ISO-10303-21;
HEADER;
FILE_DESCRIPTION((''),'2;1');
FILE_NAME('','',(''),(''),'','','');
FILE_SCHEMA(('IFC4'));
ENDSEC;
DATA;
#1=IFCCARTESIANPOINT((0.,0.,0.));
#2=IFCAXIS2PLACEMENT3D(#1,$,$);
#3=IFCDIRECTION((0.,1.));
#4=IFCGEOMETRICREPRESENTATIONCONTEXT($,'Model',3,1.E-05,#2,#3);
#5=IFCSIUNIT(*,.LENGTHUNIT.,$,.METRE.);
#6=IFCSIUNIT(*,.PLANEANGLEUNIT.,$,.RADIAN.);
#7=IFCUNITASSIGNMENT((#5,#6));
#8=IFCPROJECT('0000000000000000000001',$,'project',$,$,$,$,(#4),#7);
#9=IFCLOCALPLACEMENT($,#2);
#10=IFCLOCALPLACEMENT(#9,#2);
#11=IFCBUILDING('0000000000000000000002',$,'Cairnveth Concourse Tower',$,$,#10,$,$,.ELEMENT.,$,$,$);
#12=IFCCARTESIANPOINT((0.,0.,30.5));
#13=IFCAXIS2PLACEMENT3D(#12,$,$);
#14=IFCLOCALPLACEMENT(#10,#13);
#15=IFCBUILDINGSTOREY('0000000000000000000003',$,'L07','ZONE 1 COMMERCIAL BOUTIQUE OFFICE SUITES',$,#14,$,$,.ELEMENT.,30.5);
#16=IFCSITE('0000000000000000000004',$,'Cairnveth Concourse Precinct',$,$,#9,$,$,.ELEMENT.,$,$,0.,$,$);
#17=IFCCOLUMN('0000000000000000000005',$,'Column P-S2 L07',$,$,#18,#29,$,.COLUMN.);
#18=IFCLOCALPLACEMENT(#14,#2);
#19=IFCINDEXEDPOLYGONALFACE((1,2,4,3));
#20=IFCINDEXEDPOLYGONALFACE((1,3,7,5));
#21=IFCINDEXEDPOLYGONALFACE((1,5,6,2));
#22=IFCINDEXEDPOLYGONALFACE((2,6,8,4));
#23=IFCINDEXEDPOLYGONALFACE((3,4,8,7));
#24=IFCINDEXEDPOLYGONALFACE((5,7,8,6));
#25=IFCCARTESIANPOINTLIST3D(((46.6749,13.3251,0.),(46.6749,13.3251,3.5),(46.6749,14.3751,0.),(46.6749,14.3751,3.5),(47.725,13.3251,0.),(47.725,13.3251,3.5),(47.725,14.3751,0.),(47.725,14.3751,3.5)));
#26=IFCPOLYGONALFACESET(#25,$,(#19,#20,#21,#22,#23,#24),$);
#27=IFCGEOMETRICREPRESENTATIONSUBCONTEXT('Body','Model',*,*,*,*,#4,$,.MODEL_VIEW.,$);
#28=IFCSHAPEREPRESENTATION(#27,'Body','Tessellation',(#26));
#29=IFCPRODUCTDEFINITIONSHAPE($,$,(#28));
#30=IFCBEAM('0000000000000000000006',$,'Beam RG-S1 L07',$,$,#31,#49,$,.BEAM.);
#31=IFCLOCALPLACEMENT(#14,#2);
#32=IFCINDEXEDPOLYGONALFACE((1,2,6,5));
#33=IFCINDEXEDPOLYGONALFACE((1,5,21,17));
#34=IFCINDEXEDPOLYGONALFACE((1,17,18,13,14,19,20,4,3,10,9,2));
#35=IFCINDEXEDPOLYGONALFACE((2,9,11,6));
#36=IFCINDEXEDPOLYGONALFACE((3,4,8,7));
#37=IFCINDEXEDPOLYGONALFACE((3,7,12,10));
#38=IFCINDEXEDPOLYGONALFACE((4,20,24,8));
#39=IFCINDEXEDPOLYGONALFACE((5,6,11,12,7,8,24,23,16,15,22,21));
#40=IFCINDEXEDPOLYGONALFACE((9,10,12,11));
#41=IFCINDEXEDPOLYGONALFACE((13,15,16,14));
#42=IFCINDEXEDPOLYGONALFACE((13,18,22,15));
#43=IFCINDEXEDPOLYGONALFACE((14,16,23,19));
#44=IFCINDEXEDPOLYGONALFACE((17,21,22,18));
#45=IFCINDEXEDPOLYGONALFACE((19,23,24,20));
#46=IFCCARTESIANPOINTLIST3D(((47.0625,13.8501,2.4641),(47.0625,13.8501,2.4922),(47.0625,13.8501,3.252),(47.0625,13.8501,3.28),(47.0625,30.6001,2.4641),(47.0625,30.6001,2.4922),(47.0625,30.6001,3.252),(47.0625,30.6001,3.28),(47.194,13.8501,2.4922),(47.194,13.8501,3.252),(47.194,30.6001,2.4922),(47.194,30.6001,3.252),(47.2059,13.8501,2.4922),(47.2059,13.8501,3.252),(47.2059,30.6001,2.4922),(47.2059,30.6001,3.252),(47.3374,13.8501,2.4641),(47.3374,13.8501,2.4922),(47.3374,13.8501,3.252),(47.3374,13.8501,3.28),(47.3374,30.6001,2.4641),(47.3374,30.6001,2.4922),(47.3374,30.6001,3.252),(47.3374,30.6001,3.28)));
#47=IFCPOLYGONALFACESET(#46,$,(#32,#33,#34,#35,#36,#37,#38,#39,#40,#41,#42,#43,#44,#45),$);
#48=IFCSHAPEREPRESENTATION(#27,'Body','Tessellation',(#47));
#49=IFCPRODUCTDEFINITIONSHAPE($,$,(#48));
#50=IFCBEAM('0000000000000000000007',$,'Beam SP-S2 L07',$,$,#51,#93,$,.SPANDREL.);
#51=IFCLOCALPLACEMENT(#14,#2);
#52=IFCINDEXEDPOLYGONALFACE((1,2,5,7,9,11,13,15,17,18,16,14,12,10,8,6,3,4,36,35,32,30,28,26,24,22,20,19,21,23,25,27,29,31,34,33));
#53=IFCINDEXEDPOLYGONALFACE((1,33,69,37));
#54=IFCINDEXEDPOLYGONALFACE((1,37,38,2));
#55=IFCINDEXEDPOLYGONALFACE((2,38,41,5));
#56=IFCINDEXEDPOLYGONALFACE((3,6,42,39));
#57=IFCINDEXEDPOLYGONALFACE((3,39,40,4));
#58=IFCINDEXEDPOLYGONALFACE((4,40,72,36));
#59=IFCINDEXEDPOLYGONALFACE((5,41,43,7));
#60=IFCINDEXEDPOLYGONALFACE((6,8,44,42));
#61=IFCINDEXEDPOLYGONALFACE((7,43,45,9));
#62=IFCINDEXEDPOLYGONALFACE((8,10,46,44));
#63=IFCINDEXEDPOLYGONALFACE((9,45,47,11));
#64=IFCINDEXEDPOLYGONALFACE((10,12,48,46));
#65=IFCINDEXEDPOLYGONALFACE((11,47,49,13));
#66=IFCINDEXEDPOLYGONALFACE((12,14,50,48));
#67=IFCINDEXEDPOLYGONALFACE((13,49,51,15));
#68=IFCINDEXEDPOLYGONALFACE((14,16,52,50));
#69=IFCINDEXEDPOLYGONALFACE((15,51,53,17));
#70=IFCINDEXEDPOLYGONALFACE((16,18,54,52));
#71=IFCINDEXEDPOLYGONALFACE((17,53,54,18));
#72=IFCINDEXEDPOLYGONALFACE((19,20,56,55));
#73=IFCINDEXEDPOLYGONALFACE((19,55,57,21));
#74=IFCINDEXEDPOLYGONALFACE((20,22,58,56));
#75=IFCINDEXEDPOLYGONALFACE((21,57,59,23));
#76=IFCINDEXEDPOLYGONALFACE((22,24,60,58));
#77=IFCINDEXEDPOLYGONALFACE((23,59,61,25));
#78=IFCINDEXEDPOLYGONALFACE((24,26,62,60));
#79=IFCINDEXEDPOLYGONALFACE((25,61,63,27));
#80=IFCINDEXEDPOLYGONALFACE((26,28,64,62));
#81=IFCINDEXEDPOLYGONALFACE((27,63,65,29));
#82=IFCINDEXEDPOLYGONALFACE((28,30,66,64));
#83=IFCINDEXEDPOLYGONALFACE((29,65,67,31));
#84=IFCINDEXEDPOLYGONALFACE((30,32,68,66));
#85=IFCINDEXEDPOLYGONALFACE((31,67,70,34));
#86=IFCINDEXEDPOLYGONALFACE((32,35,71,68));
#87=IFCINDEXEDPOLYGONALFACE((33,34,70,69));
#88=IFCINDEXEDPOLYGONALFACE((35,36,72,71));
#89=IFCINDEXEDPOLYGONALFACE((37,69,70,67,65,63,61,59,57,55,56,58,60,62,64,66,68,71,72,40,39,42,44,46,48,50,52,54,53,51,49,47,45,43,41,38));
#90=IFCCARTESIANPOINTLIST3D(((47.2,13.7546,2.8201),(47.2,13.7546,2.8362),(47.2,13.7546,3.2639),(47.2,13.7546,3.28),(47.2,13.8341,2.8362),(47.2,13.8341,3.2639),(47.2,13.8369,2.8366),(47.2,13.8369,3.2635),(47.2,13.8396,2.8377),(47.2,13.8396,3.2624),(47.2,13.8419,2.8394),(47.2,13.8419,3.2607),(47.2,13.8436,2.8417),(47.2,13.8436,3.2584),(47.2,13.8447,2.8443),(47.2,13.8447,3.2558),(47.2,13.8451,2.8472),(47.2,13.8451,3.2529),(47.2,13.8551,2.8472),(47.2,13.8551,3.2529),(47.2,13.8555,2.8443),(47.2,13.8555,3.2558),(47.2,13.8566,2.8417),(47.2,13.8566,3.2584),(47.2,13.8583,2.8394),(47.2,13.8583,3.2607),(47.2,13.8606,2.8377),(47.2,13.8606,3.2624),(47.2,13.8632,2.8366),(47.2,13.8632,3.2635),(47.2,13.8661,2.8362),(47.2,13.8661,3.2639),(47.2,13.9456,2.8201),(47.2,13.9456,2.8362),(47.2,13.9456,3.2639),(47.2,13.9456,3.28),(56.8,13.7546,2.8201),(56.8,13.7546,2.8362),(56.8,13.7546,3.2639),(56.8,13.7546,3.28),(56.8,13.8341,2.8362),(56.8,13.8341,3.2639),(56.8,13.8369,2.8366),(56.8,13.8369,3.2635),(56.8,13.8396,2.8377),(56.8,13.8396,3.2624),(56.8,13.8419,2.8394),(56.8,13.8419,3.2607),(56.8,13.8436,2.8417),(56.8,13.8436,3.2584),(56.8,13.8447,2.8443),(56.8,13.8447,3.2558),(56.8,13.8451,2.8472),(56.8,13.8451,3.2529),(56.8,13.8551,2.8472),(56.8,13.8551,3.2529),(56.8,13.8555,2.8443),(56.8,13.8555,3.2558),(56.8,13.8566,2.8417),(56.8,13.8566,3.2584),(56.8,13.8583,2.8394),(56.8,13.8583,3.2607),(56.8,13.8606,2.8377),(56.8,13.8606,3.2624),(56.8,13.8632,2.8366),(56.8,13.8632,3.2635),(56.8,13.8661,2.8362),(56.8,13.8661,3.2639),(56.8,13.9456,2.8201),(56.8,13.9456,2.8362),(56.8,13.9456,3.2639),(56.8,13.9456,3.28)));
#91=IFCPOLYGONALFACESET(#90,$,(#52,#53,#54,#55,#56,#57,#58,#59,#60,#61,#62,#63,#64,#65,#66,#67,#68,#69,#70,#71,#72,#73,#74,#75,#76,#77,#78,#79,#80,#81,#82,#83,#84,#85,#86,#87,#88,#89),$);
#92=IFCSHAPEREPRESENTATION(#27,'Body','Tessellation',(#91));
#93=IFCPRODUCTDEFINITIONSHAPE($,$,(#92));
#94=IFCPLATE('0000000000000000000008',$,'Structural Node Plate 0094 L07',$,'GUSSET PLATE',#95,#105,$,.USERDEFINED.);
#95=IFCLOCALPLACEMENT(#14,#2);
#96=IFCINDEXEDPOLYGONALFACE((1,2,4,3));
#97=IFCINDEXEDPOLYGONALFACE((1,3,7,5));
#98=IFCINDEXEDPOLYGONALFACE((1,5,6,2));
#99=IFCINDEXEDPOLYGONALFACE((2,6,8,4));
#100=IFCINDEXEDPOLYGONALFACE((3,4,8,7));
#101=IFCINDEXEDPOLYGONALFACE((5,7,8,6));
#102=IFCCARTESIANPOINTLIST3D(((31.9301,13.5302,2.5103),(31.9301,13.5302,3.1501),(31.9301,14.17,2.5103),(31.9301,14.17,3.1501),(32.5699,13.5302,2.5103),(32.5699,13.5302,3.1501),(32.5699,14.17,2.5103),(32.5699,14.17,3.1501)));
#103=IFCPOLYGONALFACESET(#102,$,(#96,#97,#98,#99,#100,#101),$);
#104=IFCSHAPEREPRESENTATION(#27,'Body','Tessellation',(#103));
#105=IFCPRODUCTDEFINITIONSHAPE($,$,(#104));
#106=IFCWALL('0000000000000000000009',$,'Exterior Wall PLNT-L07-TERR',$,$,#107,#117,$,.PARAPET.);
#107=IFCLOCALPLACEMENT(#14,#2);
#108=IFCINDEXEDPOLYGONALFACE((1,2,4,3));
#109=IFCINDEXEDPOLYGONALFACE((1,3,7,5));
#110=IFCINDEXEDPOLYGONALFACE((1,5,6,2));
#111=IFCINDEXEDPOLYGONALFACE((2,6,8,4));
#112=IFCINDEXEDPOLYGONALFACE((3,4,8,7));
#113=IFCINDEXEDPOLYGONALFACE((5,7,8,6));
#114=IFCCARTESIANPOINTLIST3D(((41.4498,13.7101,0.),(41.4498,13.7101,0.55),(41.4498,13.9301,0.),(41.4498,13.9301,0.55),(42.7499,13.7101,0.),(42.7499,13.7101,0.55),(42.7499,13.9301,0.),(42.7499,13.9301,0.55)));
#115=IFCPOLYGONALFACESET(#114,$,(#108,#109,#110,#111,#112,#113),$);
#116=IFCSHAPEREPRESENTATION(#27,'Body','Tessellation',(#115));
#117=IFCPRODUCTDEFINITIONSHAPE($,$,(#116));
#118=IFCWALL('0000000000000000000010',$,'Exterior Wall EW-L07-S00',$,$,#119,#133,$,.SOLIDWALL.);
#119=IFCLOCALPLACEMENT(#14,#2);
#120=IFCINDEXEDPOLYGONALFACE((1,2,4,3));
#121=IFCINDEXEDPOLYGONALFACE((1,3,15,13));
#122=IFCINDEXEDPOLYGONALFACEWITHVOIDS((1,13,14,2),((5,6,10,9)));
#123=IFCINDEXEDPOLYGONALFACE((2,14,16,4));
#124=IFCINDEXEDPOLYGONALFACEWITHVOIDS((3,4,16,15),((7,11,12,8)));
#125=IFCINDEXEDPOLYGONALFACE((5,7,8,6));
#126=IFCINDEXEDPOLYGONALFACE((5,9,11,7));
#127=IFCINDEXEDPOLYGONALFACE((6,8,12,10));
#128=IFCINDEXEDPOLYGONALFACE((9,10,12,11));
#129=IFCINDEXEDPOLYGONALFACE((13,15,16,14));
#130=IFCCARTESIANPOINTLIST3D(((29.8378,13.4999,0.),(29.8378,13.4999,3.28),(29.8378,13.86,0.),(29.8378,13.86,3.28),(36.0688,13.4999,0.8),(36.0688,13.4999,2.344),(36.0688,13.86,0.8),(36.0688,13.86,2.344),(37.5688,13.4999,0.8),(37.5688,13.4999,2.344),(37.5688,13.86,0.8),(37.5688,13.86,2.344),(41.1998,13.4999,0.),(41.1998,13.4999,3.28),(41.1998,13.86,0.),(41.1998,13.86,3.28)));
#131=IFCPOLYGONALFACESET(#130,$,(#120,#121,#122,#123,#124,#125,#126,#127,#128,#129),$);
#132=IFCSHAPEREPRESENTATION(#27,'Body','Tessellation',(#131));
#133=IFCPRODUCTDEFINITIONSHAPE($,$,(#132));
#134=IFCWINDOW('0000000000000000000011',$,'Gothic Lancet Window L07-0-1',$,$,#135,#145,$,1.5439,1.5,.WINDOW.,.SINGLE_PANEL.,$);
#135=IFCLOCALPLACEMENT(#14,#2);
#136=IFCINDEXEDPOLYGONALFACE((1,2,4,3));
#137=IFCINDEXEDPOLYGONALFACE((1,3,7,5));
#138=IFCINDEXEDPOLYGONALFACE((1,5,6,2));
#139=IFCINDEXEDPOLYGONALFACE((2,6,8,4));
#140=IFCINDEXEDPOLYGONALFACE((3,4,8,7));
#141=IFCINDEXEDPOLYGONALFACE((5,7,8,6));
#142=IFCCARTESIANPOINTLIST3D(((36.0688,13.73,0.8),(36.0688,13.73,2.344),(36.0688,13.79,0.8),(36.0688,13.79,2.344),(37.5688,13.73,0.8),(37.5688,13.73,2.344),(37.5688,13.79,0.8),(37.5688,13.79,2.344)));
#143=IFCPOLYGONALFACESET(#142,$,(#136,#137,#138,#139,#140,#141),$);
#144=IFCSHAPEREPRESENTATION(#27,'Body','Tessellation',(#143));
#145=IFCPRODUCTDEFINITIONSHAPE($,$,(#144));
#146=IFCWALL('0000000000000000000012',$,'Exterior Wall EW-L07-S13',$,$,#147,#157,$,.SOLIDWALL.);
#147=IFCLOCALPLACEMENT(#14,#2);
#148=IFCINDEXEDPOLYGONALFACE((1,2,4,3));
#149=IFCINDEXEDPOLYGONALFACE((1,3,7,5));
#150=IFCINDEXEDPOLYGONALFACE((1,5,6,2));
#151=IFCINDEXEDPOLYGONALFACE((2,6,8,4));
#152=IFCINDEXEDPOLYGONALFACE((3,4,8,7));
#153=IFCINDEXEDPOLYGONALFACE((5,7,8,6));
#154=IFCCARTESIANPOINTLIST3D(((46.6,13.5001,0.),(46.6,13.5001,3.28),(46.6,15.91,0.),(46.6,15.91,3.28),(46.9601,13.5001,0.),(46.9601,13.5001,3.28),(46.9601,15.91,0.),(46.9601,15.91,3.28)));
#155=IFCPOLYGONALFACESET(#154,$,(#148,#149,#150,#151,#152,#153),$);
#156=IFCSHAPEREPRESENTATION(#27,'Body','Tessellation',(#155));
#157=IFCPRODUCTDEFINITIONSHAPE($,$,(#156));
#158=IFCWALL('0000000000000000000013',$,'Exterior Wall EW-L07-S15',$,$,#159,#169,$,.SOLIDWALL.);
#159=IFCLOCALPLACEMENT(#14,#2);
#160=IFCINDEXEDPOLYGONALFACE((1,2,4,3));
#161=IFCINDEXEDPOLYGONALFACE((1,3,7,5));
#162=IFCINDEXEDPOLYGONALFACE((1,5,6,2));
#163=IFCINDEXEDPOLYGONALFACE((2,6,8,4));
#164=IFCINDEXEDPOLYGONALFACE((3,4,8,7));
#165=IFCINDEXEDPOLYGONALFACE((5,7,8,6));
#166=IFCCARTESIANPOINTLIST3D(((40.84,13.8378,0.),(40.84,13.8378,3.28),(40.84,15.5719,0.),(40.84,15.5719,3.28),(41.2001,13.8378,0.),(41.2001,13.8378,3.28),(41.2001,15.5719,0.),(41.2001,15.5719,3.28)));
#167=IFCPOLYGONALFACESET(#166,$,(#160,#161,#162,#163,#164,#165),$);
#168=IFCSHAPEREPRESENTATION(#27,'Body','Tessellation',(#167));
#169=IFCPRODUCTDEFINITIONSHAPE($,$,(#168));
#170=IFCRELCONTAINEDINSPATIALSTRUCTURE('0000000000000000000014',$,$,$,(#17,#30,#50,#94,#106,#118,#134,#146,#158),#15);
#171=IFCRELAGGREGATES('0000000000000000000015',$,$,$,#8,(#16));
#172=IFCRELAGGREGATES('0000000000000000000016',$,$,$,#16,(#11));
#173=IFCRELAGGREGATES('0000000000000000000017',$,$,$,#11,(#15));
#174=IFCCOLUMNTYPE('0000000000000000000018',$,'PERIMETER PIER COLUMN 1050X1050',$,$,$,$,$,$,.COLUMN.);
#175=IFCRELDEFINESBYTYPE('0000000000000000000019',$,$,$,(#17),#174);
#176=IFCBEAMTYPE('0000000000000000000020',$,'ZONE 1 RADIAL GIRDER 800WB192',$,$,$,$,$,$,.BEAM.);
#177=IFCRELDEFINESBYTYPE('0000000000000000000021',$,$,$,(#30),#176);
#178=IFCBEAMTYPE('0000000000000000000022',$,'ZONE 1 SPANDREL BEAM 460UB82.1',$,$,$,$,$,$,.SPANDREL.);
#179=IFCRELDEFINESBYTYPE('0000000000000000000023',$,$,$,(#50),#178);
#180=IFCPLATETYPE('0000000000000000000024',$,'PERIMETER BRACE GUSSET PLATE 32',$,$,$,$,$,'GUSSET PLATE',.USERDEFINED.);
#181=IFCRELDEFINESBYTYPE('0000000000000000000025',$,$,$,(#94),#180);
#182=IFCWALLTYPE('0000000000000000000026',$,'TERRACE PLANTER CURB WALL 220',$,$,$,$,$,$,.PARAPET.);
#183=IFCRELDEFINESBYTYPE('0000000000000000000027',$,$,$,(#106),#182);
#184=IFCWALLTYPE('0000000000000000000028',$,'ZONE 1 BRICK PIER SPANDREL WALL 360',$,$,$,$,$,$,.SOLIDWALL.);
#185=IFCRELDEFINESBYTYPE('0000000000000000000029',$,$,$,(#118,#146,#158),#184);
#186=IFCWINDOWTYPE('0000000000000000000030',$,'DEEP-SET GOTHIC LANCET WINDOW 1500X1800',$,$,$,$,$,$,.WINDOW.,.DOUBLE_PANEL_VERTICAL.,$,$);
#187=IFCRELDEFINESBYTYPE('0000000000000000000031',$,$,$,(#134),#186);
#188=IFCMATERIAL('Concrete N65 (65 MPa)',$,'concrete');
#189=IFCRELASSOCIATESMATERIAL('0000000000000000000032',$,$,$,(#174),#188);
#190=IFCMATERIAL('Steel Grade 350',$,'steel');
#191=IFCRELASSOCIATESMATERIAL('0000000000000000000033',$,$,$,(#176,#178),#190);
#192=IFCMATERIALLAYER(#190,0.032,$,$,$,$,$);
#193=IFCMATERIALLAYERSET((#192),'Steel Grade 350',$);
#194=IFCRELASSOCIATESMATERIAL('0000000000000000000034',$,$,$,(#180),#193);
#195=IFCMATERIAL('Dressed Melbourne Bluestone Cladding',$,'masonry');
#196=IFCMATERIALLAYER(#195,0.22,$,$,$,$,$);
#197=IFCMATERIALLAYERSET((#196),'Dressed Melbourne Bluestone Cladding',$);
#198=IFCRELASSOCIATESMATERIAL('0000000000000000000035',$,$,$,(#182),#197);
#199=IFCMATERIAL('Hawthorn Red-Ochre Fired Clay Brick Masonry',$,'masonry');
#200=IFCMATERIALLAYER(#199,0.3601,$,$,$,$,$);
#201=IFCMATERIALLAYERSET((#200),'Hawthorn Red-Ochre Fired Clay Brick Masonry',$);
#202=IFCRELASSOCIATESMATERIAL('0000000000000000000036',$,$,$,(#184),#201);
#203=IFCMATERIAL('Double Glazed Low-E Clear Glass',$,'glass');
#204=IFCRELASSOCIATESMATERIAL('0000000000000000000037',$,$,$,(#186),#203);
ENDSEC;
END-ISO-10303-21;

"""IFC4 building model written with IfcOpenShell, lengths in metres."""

from ifc_helpers import new_model, si_unit, direction, frame, frame_2d, origin, origin_2d, place, context, subcontext, project, spatial, rectangle, i_section, extrude, material, layer, layer_set, material_profile, profile_set, type_object, element, fill, save


model = new_model("IFC4")

# Units and contexts
model_context = context("Model", 3, precision=1e-05, world=origin(), true_north=direction((0.0, 1.0)))
body_context = subcontext(model_context, "Body", "Model", "MODEL_VIEW")
ifc_project = project(units=[si_unit("LENGTHUNIT", "METRE"), si_unit("PLANEANGLEUNIT", "RADIAN")], contexts=[model_context])

# Site, building, storey
site_placement = place(None, origin())
site = spatial("IfcSite", under=ifc_project, at=site_placement, Name="Cairnveth Concourse Precinct", CompositionType="ELEMENT", RefElevation=0.0)
building_placement = place(site_placement, origin())
building = spatial("IfcBuilding", under=site, at=building_placement, Name="Cairnveth Concourse Tower", CompositionType="ELEMENT")
storey_placement = place(building_placement, frame((0.0, 0.0, 30.5)))
storey = spatial("IfcBuildingStorey", under=building, at=storey_placement, Name="L07", Description="ZONE 1 COMMERCIAL BOUTIQUE OFFICE SUITES", CompositionType="ELEMENT", Elevation=30.5)

# Column
ifc_material_1 = material(Name="Concrete N65 (65 MPa)", Category="concrete")
ifc_material_profile_1 = material_profile(ifc_material_1, rectangle(XDim=1.05, YDim=1.05, at=origin_2d()), Name="RC-COL-1050x1050")
ifc_profile_set_1 = profile_set([ifc_material_profile_1], Name="Concrete N65 (65 MPa)")
column_type = type_object("IfcColumnType", Name="PERIMETER PIER COLUMN 1050X1050", PredefinedType="COLUMN", material=ifc_profile_set_1)
column_placement = place(storey_placement, frame((47.2, 13.8501, 0.0), z_axis=(0.0, 0.0, 1.0), x_axis=(1.0, 0.0, 0.0)))
element("IfcColumn", 1, at=column_placement, inside=storey, type_object=column_type, Name="Column P-S2 L07", PredefinedType="COLUMN", context=body_context, shape_type="SweptSolid", body=[
    extrude(rectangle(XDim=1.05, YDim=1.05, at=origin_2d()), origin(), (0.0, 0.0, 1.0), 3.5),
])

# Beams
ifc_material_2 = material(Name="Steel Grade 350", Category="steel")
ifc_material_profile_2 = material_profile(ifc_material_2, i_section(OverallWidth=0.2749, OverallDepth=0.8159, WebThickness=0.012, FlangeThickness=0.0281, at=origin_2d()), Name="800WB192")
ifc_profile_set_2 = profile_set([ifc_material_profile_2], Name="Steel Grade 350")
beam_type_1 = type_object("IfcBeamType", Name="ZONE 1 RADIAL GIRDER 800WB192", PredefinedType="BEAM", material=ifc_profile_set_2)
beam_1_placement = place(storey_placement, frame((47.2, 13.8501, 2.8721), z_axis=(0.0, 1.0, 0.0), x_axis=(-1.0, 0.0, 0.0)))
element("IfcBeam", 2, at=beam_1_placement, inside=storey, type_object=beam_type_1, Name="Beam RG-S1 L07", PredefinedType="BEAM", context=body_context, shape_type="SweptSolid", body=[
    extrude(i_section(OverallWidth=0.2749, OverallDepth=0.8159, WebThickness=0.012, FlangeThickness=0.0281, at=origin_2d()), origin(), (0.0, 0.0, 1.0), 16.75),
])
ifc_material_profile_3 = material_profile(ifc_material_2, i_section(OverallWidth=0.1909, OverallDepth=0.46, WebThickness=0.01, FlangeThickness=0.0161, FilletRadius=0.011, at=origin_2d()), Name="460UB82.1")
ifc_profile_set_3 = profile_set([ifc_material_profile_3], Name="Steel Grade 350")
beam_type_2 = type_object("IfcBeamType", Name="ZONE 1 SPANDREL BEAM 460UB82.1", PredefinedType="SPANDREL", material=ifc_profile_set_3)
beam_2_placement = place(storey_placement, frame((47.2, 13.8501, 3.05), z_axis=(1.0, 0.0, 0.0), x_axis=(0.0, 1.0, 0.0)))
element("IfcBeam", 3, at=beam_2_placement, inside=storey, type_object=beam_type_2, Name="Beam SP-S2 L07", PredefinedType="SPANDREL", context=body_context, shape_type="SweptSolid", body=[
    extrude(i_section(OverallWidth=0.1909, OverallDepth=0.46, WebThickness=0.01, FlangeThickness=0.0161, FilletRadius=0.011, at=origin_2d()), origin(), (0.0, 0.0, 1.0), 9.6001),
])

# Plate
ifc_layer_1 = layer(ifc_material_2, 0.032)
ifc_layer_set_1 = layer_set([ifc_layer_1], Name="Steel Grade 350")
plate_type = type_object("IfcPlateType", Name="PERIMETER BRACE GUSSET PLATE 32", ElementType="GUSSET PLATE", PredefinedType="USERDEFINED", material=ifc_layer_set_1)
plate_placement = place(storey_placement, frame((32.25, 13.8501, 2.5103), z_axis=(0.0, 0.0, 1.0), x_axis=(1.0, 0.0, 0.0)))
element("IfcPlate", 4, at=plate_placement, inside=storey, type_object=plate_type, Name="Structural Node Plate 0094 L07", ObjectType="GUSSET PLATE", PredefinedType="USERDEFINED", context=body_context, shape_type="SweptSolid", body=[
    extrude(rectangle(XDim=0.6399, YDim=0.6399, at=origin_2d()), origin(), (0.0, 0.0, 1.0), 0.6399),
])

# Wall
ifc_material_3 = material(Name="Dressed Melbourne Bluestone Cladding", Category="masonry")
ifc_layer_2 = layer(ifc_material_3, 0.22)
ifc_layer_set_2 = layer_set([ifc_layer_2], Name="Dressed Melbourne Bluestone Cladding")
wall_type_1 = type_object("IfcWallType", Name="TERRACE PLANTER CURB WALL 220", PredefinedType="PARAPET", material=ifc_layer_set_2)
wall_1_placement = place(storey_placement, frame((41.45, 13.8201, 0.0), z_axis=(0.0, 0.0, 1.0), x_axis=(1.0, 0.0, 0.0)))
element("IfcWall", 5, at=wall_1_placement, inside=storey, type_object=wall_type_1, Name="Exterior Wall PLNT-L07-TERR", PredefinedType="PARAPET", context=body_context, shape_type="SweptSolid", body=[
    extrude(rectangle(XDim=1.3, YDim=0.22, at=frame_2d((0.6499, 0.0))), origin(), (0.0, 0.0, 1.0), 0.55),
])

# Wall, opening, window
ifc_material_4 = material(Name="Hawthorn Red-Ochre Fired Clay Brick Masonry", Category="masonry")
ifc_layer_3 = layer(ifc_material_4, 0.3601)
ifc_layer_set_3 = layer_set([ifc_layer_3], Name="Hawthorn Red-Ochre Fired Clay Brick Masonry")
wall_type_2 = type_object("IfcWallType", Name="ZONE 1 BRICK PIER SPANDREL WALL 360", PredefinedType="SOLIDWALL", material=ifc_layer_set_3)
wall_2_placement = place(storey_placement, frame((41.2, 13.6799, 0.0), z_axis=(0.0, 0.0, 1.0), x_axis=(-1.0, 0.0, 0.0)))
wall_2 = element("IfcWall", 6, at=wall_2_placement, inside=storey, type_object=wall_type_2, Name="Exterior Wall EW-L07-S00", PredefinedType="SOLIDWALL", context=body_context, shape_type="SweptSolid", body=[
    extrude(rectangle(XDim=11.3621, YDim=0.3601, at=frame_2d((5.6812, 0.0))), origin(), (0.0, 0.0, 1.0), 3.28),
])
opening_placement = place(wall_2_placement, frame((3.6311, 0.0, 0.8)))
opening = element("IfcOpeningElement", 7, at=opening_placement, cuts=wall_2, PredefinedType="OPENING", context=body_context, shape_type="SweptSolid", body=[
    extrude(rectangle(XDim=1.5, YDim=1.5439, at=frame_2d((0.75, 0.772))), frame((0.0, 0.1899, 0.0), z_axis=(0.0, -1.0, 0.0), x_axis=(1.0, 0.0, 0.0)), (0.0, 0.0, 1.0), 0.3801),
])
ifc_material_5 = material(Name="Double Glazed Low-E Clear Glass", Category="glass")
window_type = type_object("IfcWindowType", Name="DEEP-SET GOTHIC LANCET WINDOW 1500X1800", PartitioningType="DOUBLE_PANEL_VERTICAL", PredefinedType="WINDOW", material=ifc_material_5)
window_placement = place(opening_placement, origin())
window = element("IfcWindow", 8, at=window_placement, inside=storey, type_object=window_type, Name="Gothic Lancet Window L07-0-1", OverallHeight=1.5439, OverallWidth=1.5, PartitioningType="SINGLE_PANEL", PredefinedType="WINDOW", context=body_context, shape_type="SweptSolid", body=[
    extrude(rectangle(XDim=1.5, YDim=1.5439, at=frame_2d((0.75, 0.772))), frame((0.0, -0.05, 0.0), z_axis=(0.0, -1.0, 0.0), x_axis=(1.0, 0.0, 0.0)), (0.0, 0.0, 1.0), 0.0601),
])
fill(opening, window)

# Walls
wall_3_placement = place(storey_placement, frame((46.78, 13.5, 0.0), z_axis=(0.0, 0.0, 1.0), x_axis=(0.0, 1.0, 0.0)))
element("IfcWall", 9, at=wall_3_placement, inside=storey, type_object=wall_type_2, Name="Exterior Wall EW-L07-S13", PredefinedType="SOLIDWALL", context=body_context, shape_type="SweptSolid", body=[
    extrude(rectangle(XDim=2.4099, YDim=0.3601, at=frame_2d((1.2051, 0.0))), origin(), (0.0, 0.0, 1.0), 3.28),
])
wall_4_placement = place(storey_placement, frame((41.02, 15.572, 0.0), z_axis=(0.0, 0.0, 1.0), x_axis=(0.0, -1.0, 0.0)))
element("IfcWall", 10, at=wall_4_placement, inside=storey, type_object=wall_type_2, Name="Exterior Wall EW-L07-S15", PredefinedType="SOLIDWALL", context=body_context, shape_type="SweptSolid", body=[
    extrude(rectangle(XDim=1.7341, YDim=0.3601, at=frame_2d((0.8672, 0.0))), origin(), (0.0, 0.0, 1.0), 3.28),
])

save(model, "model.ifc")
